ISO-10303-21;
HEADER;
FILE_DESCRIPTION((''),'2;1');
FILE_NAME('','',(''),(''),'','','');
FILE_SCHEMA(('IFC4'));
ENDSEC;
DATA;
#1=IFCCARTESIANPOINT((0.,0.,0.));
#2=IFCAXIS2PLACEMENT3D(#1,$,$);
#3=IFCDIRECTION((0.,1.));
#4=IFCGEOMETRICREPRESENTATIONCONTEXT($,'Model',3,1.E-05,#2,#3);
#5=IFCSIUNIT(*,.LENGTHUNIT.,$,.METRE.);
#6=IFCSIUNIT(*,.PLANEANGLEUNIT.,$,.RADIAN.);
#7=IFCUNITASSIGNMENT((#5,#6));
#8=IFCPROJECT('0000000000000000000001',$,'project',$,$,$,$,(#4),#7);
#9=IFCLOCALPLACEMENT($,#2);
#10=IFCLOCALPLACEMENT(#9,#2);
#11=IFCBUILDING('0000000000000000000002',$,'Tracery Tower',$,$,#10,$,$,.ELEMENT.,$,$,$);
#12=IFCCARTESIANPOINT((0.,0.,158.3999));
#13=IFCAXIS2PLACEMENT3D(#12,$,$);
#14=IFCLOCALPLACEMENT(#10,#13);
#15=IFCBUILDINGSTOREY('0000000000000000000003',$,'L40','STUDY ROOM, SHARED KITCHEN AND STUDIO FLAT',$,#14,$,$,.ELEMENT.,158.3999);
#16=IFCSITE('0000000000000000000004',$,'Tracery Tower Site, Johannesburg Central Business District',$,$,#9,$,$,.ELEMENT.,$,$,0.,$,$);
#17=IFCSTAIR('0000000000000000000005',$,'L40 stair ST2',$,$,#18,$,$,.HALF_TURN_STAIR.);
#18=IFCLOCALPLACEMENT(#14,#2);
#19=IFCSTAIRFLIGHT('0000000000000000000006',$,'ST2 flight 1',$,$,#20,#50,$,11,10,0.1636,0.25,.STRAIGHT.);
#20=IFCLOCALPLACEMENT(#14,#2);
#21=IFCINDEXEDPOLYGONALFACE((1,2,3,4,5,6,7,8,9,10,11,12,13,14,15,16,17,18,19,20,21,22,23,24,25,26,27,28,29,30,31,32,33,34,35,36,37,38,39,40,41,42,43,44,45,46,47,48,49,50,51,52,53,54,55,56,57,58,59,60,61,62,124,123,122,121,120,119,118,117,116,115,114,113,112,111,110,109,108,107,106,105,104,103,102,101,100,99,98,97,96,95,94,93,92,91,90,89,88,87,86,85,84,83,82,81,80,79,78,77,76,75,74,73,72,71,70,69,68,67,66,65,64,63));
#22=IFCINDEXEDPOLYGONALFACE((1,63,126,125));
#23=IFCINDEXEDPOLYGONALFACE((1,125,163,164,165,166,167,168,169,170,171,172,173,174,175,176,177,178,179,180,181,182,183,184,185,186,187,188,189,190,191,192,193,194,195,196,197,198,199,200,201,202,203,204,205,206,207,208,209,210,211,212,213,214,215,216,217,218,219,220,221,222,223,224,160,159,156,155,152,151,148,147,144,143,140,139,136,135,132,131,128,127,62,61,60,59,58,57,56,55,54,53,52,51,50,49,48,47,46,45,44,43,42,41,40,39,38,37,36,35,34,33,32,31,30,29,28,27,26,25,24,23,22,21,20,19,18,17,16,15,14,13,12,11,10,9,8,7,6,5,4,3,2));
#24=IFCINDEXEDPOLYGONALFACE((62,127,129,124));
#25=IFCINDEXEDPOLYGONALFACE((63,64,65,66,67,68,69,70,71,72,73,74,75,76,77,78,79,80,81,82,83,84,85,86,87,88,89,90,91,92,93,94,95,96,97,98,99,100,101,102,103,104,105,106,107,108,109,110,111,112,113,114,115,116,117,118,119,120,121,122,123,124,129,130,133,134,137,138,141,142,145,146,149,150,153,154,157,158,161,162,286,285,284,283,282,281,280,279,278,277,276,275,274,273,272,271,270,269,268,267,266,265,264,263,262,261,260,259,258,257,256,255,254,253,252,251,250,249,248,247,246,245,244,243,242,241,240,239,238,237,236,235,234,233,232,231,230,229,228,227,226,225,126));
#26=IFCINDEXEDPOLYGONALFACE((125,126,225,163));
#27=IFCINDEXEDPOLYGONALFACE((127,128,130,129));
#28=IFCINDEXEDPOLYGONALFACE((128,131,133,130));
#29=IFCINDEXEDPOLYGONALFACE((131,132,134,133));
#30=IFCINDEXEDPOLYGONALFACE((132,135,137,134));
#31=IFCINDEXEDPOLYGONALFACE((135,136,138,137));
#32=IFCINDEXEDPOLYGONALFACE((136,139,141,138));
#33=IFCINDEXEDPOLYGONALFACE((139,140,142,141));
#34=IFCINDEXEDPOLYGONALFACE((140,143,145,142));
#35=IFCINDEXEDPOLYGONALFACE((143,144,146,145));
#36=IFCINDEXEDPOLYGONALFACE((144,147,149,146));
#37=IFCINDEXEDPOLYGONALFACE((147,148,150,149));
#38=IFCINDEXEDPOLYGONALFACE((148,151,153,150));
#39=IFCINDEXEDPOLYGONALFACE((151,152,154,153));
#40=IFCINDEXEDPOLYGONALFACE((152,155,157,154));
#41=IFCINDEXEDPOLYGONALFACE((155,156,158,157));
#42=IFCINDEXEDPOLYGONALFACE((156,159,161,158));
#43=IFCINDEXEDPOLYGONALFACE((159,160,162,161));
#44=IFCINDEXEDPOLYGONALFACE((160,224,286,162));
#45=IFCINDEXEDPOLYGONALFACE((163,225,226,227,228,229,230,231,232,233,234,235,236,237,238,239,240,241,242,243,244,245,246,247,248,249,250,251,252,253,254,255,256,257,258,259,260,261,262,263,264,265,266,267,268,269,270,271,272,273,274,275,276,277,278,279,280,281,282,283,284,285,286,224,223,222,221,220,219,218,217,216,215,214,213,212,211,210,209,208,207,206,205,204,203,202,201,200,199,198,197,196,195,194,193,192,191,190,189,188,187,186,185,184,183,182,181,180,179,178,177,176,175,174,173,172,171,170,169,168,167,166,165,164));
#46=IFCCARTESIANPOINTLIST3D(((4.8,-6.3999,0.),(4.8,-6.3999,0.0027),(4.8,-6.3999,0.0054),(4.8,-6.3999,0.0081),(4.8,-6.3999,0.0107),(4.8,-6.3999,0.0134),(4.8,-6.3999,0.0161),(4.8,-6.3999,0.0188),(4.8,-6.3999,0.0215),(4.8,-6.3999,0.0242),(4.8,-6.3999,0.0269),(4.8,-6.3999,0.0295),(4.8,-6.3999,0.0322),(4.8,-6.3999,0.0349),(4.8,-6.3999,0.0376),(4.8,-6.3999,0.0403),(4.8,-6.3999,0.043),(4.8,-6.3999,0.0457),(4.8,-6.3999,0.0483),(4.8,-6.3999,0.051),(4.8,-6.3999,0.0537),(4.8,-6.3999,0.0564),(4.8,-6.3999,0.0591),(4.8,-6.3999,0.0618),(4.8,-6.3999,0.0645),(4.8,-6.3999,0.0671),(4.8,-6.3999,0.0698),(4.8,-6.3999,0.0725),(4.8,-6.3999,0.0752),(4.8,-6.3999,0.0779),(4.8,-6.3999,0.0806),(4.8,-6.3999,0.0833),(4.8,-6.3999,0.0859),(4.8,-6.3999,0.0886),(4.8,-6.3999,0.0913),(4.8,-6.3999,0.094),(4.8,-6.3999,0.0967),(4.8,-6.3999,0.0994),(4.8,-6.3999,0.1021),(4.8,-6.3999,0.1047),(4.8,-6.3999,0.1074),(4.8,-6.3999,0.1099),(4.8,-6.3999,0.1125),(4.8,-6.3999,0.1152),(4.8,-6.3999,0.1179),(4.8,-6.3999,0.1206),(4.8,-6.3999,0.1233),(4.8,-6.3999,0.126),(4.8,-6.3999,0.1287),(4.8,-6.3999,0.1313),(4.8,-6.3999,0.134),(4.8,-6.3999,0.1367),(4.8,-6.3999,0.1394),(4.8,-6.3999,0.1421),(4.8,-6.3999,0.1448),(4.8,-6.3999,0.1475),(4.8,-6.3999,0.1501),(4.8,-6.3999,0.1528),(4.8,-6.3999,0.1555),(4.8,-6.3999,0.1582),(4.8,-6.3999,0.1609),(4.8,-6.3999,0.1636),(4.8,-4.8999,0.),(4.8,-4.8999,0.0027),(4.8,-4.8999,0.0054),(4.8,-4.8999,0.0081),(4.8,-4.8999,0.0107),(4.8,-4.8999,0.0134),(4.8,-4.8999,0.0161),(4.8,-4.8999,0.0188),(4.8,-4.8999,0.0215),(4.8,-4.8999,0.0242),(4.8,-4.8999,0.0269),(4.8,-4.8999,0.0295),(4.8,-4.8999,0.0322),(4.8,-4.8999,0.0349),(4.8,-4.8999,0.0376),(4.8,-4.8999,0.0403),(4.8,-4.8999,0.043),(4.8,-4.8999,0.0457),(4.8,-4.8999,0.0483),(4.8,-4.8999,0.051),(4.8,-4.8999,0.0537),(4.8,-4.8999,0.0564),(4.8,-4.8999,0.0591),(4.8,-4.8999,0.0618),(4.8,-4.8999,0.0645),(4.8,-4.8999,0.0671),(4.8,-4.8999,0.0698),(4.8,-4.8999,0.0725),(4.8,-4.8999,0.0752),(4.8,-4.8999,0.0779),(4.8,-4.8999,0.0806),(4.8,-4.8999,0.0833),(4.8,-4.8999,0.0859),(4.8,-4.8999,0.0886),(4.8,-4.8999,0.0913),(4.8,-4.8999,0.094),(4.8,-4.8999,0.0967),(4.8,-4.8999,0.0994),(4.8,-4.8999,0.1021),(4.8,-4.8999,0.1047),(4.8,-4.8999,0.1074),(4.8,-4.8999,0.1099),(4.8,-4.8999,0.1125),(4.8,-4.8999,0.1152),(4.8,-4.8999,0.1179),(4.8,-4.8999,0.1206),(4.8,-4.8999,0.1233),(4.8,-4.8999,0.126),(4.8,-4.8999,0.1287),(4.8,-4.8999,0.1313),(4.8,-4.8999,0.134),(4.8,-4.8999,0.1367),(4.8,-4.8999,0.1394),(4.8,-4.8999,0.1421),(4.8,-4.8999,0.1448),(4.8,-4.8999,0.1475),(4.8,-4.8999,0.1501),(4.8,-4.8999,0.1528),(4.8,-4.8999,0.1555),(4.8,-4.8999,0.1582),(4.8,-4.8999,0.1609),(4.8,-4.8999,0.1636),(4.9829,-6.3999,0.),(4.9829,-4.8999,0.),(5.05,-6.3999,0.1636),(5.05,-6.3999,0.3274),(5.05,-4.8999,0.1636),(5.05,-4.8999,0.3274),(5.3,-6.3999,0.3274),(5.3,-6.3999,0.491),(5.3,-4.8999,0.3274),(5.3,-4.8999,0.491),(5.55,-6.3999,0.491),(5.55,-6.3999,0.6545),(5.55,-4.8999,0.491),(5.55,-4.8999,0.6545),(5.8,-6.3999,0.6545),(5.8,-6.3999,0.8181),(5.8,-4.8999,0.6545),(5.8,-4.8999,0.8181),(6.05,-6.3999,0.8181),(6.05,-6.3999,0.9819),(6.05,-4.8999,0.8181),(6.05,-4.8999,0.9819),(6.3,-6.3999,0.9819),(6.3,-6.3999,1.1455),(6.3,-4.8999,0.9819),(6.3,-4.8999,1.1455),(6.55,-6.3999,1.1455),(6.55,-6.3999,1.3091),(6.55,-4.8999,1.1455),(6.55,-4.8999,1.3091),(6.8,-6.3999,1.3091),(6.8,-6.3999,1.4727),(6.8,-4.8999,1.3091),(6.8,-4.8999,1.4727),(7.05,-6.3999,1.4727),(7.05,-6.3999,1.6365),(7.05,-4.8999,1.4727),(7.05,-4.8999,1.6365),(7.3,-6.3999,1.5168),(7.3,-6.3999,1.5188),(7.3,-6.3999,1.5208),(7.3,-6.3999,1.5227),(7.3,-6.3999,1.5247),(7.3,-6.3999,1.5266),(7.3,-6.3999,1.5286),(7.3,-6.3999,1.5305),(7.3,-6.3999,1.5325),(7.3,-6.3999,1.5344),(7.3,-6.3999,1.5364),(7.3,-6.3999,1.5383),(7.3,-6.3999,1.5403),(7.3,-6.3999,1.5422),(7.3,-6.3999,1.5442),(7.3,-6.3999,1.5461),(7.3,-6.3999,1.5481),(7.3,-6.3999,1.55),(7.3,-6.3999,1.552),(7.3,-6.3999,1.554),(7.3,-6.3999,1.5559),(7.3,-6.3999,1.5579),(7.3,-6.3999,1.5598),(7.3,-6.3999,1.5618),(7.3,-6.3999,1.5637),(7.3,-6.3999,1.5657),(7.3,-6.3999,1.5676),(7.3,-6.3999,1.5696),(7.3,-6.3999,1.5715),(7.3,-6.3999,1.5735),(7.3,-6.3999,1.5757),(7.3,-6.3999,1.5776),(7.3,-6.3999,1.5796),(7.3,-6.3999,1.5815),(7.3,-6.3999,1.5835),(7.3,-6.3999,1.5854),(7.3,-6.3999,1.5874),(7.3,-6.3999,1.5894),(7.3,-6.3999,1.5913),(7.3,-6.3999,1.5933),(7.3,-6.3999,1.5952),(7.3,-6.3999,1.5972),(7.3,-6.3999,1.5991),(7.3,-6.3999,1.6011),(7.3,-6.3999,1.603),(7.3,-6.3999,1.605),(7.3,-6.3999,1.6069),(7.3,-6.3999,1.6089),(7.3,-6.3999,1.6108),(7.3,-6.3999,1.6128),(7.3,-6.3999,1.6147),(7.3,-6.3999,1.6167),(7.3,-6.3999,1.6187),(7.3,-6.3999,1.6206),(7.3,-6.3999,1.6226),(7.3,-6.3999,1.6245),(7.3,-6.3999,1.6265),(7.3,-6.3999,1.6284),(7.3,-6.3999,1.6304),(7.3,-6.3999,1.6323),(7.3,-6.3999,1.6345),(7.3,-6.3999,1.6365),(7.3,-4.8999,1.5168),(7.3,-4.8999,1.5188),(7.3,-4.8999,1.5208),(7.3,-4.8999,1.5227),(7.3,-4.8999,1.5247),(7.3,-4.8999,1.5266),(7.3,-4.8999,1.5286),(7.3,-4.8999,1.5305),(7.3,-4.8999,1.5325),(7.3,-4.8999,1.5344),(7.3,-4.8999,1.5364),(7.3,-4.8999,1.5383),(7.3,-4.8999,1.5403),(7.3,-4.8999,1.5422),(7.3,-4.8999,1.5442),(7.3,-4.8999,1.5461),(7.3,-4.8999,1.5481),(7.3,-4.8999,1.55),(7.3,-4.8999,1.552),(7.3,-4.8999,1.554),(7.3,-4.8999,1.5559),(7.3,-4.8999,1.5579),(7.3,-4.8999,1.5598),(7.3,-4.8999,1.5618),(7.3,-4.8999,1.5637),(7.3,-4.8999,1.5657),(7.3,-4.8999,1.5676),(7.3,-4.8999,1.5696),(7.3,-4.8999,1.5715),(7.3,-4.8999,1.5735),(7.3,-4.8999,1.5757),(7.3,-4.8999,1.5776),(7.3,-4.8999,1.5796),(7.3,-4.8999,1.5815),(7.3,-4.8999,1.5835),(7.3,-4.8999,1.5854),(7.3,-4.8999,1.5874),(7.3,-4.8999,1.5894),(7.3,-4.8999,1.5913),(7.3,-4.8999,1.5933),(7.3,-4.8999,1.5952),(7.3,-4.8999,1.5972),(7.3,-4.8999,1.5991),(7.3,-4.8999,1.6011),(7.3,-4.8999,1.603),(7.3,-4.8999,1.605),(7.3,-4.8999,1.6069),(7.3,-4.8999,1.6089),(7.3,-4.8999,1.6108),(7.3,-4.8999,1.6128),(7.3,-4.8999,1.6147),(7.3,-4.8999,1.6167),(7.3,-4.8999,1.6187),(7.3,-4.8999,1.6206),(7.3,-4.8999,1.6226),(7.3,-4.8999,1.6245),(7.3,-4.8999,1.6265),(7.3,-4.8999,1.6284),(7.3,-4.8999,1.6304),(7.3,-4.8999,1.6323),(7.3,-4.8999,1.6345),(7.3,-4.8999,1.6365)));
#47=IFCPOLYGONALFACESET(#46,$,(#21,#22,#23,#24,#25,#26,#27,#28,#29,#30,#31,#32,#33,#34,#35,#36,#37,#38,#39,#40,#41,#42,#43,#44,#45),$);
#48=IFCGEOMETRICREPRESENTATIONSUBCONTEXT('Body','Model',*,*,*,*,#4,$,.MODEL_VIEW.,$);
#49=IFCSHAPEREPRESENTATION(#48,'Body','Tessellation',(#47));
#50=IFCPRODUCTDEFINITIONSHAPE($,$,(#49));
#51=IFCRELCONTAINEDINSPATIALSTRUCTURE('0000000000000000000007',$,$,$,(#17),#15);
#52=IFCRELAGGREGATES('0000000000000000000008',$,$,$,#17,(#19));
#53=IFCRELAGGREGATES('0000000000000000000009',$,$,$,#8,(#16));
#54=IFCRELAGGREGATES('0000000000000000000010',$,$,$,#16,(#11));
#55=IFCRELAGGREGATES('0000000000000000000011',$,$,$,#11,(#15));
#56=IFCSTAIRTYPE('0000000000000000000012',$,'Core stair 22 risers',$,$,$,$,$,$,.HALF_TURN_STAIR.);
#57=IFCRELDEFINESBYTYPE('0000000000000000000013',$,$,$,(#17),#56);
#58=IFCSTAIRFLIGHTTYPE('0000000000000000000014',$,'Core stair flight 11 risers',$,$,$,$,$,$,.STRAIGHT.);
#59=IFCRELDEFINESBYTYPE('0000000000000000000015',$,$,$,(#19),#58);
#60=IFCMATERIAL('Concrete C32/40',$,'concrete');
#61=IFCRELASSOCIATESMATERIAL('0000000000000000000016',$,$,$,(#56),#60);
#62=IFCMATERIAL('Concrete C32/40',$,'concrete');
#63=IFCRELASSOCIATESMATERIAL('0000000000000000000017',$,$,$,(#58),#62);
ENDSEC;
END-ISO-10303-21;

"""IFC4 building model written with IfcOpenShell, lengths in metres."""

from ifc_helpers import new_model, si_unit, direction, frame, origin, place, context, subcontext, project, spatial, polyline, outline, extrude, material, type_object, element, aggregate, save


model = new_model("IFC4")

# Units and contexts
model_context = context("Model", 3, precision=1e-05, world=origin(), true_north=direction((0.0, 1.0)))
body_context = subcontext(model_context, "Body", "Model", "MODEL_VIEW")
ifc_project = project(units=[si_unit("LENGTHUNIT", "METRE"), si_unit("PLANEANGLEUNIT", "RADIAN")], contexts=[model_context])

# Site, building, storey
site_placement = place(None, origin())
site = spatial("IfcSite", under=ifc_project, at=site_placement, Name="Tracery Tower Site, Johannesburg Central Business District", CompositionType="ELEMENT", RefElevation=0.0)
building_placement = place(site_placement, origin())
building = spatial("IfcBuilding", under=site, at=building_placement, Name="Tracery Tower", CompositionType="ELEMENT")
storey_placement = place(building_placement, frame((0.0, 0.0, 158.3999)))
storey = spatial("IfcBuildingStorey", under=building, at=storey_placement, Name="L40", Description="STUDY ROOM, SHARED KITCHEN AND STUDIO FLAT", CompositionType="ELEMENT", Elevation=158.3999)

# Stair
ifc_material_1 = material(Name="Concrete C32/40", Category="concrete")
stair_type = type_object("IfcStairType", Name="Core stair 22 risers", PredefinedType="HALF_TURN_STAIR", material=ifc_material_1)
stair_1_placement = place(storey_placement, origin())
stair_1 = element("IfcStair", 1, at=stair_1_placement, inside=storey, type_object=stair_type, Name="L40 stair ST2", PredefinedType="HALF_TURN_STAIR")

# Stair flight
ifc_material_2 = material(Name="Concrete C32/40", Category="concrete")
stair_flight_type = type_object("IfcStairFlightType", Name="Core stair flight 11 risers", PredefinedType="STRAIGHT", material=ifc_material_2)
stair_flight_1_placement = place(storey_placement, frame((4.8, -5.6499, 0.0), z_axis=(0.0, 0.0, 1.0), x_axis=(1.0, 0.0, 0.0)))
stair_flight_1 = element("IfcStairFlight", 2, at=stair_flight_1_placement, type_object=stair_flight_type, Name="ST2 flight 1", NumberOfRisers=11, NumberOfTreads=10, PredefinedType="STRAIGHT", RiserHeight=0.1636, TreadLength=0.25, context=body_context, shape_type="SweptSolid", body=[
    extrude(outline(polyline([(0.0, 0.0), (0.0, 0.0027), (0.0, 0.0054), (0.0, 0.0081), (0.0, 0.0107), (0.0, 0.0134), (0.0, 0.0161), (0.0, 0.0188), (0.0, 0.0215), (0.0, 0.0242), (0.0, 0.0269), (0.0, 0.0295), (0.0, 0.0322), (0.0, 0.0349), (0.0, 0.0376), (0.0, 0.0403), (0.0, 0.043), (0.0, 0.0457), (0.0, 0.0483), (0.0, 0.051), (0.0, 0.0537), (0.0, 0.0564), (0.0, 0.0591), (0.0, 0.0618), (0.0, 0.0645), (0.0, 0.0671), (0.0, 0.0698), (0.0, 0.0725), (0.0, 0.0752), (0.0, 0.0779), (0.0, 0.0806), (0.0, 0.0833), (0.0, 0.0859), (0.0, 0.0886), (0.0, 0.0913), (0.0, 0.094), (0.0, 0.0967), (0.0, 0.0994), (0.0, 0.1021), (0.0, 0.1047), (0.0, 0.1074), (0.0, 0.1099), (0.0, 0.1125), (0.0, 0.1152), (0.0, 0.1179), (0.0, 0.1206), (0.0, 0.1233), (0.0, 0.126), (0.0, 0.1287), (0.0, 0.1313), (0.0, 0.134), (0.0, 0.1367), (0.0, 0.1394), (0.0, 0.1421), (0.0, 0.1448), (0.0, 0.1475), (0.0, 0.1501), (0.0, 0.1528), (0.0, 0.1555), (0.0, 0.1582), (0.0, 0.1609), (0.0, 0.1636), (0.25, 0.1636), (0.25, 0.3274), (0.5, 0.3274), (0.5, 0.491), (0.75, 0.491), (0.75, 0.6545), (1.0, 0.6545), (1.0, 0.8181), (1.25, 0.8181), (1.25, 0.9819), (1.5, 0.9819), (1.5, 1.1455), (1.75, 1.1455), (1.75, 1.3091), (2.0, 1.3091), (2.0, 1.4727), (2.25, 1.4727), (2.25, 1.6365), (2.5, 1.6365), (2.5, 1.6345), (2.5, 1.6323), (2.5, 1.6304), (2.5, 1.6284), (2.5, 1.6265), (2.5, 1.6245), (2.5, 1.6226), (2.5, 1.6206), (2.5, 1.6187), (2.5, 1.6167), (2.5, 1.6147), (2.5, 1.6128), (2.5, 1.6108), (2.5, 1.6089), (2.5, 1.6069), (2.5, 1.605), (2.5, 1.603), (2.5, 1.6011), (2.5, 1.5991), (2.5, 1.5972), (2.5, 1.5952), (2.5, 1.5933), (2.5, 1.5913), (2.5, 1.5894), (2.5, 1.5874), (2.5, 1.5854), (2.5, 1.5835), (2.5, 1.5815), (2.5, 1.5796), (2.5, 1.5776), (2.5, 1.5757), (2.5, 1.5735), (2.5, 1.5715), (2.5, 1.5696), (2.5, 1.5676), (2.5, 1.5657), (2.5, 1.5637), (2.5, 1.5618), (2.5, 1.5598), (2.5, 1.5579), (2.5, 1.5559), (2.5, 1.554), (2.5, 1.552), (2.5, 1.55), (2.5, 1.5481), (2.5, 1.5461), (2.5, 1.5442), (2.5, 1.5422), (2.5, 1.5403), (2.5, 1.5383), (2.5, 1.5364), (2.5, 1.5344), (2.5, 1.5325), (2.5, 1.5305), (2.5, 1.5286), (2.5, 1.5266), (2.5, 1.5247), (2.5, 1.5227), (2.5, 1.5208), (2.5, 1.5188), (2.5, 1.5168), (0.1829, 0.0), (0.0, 0.0)])), frame((0.0, 0.75, 0.0), z_axis=(0.0, -1.0, 0.0), x_axis=(1.0, 0.0, 0.0)), (0.0, 0.0, 1.0), 1.5),
])
aggregate(stair_1, [stair_flight_1])

save(model, "model.ifc")
